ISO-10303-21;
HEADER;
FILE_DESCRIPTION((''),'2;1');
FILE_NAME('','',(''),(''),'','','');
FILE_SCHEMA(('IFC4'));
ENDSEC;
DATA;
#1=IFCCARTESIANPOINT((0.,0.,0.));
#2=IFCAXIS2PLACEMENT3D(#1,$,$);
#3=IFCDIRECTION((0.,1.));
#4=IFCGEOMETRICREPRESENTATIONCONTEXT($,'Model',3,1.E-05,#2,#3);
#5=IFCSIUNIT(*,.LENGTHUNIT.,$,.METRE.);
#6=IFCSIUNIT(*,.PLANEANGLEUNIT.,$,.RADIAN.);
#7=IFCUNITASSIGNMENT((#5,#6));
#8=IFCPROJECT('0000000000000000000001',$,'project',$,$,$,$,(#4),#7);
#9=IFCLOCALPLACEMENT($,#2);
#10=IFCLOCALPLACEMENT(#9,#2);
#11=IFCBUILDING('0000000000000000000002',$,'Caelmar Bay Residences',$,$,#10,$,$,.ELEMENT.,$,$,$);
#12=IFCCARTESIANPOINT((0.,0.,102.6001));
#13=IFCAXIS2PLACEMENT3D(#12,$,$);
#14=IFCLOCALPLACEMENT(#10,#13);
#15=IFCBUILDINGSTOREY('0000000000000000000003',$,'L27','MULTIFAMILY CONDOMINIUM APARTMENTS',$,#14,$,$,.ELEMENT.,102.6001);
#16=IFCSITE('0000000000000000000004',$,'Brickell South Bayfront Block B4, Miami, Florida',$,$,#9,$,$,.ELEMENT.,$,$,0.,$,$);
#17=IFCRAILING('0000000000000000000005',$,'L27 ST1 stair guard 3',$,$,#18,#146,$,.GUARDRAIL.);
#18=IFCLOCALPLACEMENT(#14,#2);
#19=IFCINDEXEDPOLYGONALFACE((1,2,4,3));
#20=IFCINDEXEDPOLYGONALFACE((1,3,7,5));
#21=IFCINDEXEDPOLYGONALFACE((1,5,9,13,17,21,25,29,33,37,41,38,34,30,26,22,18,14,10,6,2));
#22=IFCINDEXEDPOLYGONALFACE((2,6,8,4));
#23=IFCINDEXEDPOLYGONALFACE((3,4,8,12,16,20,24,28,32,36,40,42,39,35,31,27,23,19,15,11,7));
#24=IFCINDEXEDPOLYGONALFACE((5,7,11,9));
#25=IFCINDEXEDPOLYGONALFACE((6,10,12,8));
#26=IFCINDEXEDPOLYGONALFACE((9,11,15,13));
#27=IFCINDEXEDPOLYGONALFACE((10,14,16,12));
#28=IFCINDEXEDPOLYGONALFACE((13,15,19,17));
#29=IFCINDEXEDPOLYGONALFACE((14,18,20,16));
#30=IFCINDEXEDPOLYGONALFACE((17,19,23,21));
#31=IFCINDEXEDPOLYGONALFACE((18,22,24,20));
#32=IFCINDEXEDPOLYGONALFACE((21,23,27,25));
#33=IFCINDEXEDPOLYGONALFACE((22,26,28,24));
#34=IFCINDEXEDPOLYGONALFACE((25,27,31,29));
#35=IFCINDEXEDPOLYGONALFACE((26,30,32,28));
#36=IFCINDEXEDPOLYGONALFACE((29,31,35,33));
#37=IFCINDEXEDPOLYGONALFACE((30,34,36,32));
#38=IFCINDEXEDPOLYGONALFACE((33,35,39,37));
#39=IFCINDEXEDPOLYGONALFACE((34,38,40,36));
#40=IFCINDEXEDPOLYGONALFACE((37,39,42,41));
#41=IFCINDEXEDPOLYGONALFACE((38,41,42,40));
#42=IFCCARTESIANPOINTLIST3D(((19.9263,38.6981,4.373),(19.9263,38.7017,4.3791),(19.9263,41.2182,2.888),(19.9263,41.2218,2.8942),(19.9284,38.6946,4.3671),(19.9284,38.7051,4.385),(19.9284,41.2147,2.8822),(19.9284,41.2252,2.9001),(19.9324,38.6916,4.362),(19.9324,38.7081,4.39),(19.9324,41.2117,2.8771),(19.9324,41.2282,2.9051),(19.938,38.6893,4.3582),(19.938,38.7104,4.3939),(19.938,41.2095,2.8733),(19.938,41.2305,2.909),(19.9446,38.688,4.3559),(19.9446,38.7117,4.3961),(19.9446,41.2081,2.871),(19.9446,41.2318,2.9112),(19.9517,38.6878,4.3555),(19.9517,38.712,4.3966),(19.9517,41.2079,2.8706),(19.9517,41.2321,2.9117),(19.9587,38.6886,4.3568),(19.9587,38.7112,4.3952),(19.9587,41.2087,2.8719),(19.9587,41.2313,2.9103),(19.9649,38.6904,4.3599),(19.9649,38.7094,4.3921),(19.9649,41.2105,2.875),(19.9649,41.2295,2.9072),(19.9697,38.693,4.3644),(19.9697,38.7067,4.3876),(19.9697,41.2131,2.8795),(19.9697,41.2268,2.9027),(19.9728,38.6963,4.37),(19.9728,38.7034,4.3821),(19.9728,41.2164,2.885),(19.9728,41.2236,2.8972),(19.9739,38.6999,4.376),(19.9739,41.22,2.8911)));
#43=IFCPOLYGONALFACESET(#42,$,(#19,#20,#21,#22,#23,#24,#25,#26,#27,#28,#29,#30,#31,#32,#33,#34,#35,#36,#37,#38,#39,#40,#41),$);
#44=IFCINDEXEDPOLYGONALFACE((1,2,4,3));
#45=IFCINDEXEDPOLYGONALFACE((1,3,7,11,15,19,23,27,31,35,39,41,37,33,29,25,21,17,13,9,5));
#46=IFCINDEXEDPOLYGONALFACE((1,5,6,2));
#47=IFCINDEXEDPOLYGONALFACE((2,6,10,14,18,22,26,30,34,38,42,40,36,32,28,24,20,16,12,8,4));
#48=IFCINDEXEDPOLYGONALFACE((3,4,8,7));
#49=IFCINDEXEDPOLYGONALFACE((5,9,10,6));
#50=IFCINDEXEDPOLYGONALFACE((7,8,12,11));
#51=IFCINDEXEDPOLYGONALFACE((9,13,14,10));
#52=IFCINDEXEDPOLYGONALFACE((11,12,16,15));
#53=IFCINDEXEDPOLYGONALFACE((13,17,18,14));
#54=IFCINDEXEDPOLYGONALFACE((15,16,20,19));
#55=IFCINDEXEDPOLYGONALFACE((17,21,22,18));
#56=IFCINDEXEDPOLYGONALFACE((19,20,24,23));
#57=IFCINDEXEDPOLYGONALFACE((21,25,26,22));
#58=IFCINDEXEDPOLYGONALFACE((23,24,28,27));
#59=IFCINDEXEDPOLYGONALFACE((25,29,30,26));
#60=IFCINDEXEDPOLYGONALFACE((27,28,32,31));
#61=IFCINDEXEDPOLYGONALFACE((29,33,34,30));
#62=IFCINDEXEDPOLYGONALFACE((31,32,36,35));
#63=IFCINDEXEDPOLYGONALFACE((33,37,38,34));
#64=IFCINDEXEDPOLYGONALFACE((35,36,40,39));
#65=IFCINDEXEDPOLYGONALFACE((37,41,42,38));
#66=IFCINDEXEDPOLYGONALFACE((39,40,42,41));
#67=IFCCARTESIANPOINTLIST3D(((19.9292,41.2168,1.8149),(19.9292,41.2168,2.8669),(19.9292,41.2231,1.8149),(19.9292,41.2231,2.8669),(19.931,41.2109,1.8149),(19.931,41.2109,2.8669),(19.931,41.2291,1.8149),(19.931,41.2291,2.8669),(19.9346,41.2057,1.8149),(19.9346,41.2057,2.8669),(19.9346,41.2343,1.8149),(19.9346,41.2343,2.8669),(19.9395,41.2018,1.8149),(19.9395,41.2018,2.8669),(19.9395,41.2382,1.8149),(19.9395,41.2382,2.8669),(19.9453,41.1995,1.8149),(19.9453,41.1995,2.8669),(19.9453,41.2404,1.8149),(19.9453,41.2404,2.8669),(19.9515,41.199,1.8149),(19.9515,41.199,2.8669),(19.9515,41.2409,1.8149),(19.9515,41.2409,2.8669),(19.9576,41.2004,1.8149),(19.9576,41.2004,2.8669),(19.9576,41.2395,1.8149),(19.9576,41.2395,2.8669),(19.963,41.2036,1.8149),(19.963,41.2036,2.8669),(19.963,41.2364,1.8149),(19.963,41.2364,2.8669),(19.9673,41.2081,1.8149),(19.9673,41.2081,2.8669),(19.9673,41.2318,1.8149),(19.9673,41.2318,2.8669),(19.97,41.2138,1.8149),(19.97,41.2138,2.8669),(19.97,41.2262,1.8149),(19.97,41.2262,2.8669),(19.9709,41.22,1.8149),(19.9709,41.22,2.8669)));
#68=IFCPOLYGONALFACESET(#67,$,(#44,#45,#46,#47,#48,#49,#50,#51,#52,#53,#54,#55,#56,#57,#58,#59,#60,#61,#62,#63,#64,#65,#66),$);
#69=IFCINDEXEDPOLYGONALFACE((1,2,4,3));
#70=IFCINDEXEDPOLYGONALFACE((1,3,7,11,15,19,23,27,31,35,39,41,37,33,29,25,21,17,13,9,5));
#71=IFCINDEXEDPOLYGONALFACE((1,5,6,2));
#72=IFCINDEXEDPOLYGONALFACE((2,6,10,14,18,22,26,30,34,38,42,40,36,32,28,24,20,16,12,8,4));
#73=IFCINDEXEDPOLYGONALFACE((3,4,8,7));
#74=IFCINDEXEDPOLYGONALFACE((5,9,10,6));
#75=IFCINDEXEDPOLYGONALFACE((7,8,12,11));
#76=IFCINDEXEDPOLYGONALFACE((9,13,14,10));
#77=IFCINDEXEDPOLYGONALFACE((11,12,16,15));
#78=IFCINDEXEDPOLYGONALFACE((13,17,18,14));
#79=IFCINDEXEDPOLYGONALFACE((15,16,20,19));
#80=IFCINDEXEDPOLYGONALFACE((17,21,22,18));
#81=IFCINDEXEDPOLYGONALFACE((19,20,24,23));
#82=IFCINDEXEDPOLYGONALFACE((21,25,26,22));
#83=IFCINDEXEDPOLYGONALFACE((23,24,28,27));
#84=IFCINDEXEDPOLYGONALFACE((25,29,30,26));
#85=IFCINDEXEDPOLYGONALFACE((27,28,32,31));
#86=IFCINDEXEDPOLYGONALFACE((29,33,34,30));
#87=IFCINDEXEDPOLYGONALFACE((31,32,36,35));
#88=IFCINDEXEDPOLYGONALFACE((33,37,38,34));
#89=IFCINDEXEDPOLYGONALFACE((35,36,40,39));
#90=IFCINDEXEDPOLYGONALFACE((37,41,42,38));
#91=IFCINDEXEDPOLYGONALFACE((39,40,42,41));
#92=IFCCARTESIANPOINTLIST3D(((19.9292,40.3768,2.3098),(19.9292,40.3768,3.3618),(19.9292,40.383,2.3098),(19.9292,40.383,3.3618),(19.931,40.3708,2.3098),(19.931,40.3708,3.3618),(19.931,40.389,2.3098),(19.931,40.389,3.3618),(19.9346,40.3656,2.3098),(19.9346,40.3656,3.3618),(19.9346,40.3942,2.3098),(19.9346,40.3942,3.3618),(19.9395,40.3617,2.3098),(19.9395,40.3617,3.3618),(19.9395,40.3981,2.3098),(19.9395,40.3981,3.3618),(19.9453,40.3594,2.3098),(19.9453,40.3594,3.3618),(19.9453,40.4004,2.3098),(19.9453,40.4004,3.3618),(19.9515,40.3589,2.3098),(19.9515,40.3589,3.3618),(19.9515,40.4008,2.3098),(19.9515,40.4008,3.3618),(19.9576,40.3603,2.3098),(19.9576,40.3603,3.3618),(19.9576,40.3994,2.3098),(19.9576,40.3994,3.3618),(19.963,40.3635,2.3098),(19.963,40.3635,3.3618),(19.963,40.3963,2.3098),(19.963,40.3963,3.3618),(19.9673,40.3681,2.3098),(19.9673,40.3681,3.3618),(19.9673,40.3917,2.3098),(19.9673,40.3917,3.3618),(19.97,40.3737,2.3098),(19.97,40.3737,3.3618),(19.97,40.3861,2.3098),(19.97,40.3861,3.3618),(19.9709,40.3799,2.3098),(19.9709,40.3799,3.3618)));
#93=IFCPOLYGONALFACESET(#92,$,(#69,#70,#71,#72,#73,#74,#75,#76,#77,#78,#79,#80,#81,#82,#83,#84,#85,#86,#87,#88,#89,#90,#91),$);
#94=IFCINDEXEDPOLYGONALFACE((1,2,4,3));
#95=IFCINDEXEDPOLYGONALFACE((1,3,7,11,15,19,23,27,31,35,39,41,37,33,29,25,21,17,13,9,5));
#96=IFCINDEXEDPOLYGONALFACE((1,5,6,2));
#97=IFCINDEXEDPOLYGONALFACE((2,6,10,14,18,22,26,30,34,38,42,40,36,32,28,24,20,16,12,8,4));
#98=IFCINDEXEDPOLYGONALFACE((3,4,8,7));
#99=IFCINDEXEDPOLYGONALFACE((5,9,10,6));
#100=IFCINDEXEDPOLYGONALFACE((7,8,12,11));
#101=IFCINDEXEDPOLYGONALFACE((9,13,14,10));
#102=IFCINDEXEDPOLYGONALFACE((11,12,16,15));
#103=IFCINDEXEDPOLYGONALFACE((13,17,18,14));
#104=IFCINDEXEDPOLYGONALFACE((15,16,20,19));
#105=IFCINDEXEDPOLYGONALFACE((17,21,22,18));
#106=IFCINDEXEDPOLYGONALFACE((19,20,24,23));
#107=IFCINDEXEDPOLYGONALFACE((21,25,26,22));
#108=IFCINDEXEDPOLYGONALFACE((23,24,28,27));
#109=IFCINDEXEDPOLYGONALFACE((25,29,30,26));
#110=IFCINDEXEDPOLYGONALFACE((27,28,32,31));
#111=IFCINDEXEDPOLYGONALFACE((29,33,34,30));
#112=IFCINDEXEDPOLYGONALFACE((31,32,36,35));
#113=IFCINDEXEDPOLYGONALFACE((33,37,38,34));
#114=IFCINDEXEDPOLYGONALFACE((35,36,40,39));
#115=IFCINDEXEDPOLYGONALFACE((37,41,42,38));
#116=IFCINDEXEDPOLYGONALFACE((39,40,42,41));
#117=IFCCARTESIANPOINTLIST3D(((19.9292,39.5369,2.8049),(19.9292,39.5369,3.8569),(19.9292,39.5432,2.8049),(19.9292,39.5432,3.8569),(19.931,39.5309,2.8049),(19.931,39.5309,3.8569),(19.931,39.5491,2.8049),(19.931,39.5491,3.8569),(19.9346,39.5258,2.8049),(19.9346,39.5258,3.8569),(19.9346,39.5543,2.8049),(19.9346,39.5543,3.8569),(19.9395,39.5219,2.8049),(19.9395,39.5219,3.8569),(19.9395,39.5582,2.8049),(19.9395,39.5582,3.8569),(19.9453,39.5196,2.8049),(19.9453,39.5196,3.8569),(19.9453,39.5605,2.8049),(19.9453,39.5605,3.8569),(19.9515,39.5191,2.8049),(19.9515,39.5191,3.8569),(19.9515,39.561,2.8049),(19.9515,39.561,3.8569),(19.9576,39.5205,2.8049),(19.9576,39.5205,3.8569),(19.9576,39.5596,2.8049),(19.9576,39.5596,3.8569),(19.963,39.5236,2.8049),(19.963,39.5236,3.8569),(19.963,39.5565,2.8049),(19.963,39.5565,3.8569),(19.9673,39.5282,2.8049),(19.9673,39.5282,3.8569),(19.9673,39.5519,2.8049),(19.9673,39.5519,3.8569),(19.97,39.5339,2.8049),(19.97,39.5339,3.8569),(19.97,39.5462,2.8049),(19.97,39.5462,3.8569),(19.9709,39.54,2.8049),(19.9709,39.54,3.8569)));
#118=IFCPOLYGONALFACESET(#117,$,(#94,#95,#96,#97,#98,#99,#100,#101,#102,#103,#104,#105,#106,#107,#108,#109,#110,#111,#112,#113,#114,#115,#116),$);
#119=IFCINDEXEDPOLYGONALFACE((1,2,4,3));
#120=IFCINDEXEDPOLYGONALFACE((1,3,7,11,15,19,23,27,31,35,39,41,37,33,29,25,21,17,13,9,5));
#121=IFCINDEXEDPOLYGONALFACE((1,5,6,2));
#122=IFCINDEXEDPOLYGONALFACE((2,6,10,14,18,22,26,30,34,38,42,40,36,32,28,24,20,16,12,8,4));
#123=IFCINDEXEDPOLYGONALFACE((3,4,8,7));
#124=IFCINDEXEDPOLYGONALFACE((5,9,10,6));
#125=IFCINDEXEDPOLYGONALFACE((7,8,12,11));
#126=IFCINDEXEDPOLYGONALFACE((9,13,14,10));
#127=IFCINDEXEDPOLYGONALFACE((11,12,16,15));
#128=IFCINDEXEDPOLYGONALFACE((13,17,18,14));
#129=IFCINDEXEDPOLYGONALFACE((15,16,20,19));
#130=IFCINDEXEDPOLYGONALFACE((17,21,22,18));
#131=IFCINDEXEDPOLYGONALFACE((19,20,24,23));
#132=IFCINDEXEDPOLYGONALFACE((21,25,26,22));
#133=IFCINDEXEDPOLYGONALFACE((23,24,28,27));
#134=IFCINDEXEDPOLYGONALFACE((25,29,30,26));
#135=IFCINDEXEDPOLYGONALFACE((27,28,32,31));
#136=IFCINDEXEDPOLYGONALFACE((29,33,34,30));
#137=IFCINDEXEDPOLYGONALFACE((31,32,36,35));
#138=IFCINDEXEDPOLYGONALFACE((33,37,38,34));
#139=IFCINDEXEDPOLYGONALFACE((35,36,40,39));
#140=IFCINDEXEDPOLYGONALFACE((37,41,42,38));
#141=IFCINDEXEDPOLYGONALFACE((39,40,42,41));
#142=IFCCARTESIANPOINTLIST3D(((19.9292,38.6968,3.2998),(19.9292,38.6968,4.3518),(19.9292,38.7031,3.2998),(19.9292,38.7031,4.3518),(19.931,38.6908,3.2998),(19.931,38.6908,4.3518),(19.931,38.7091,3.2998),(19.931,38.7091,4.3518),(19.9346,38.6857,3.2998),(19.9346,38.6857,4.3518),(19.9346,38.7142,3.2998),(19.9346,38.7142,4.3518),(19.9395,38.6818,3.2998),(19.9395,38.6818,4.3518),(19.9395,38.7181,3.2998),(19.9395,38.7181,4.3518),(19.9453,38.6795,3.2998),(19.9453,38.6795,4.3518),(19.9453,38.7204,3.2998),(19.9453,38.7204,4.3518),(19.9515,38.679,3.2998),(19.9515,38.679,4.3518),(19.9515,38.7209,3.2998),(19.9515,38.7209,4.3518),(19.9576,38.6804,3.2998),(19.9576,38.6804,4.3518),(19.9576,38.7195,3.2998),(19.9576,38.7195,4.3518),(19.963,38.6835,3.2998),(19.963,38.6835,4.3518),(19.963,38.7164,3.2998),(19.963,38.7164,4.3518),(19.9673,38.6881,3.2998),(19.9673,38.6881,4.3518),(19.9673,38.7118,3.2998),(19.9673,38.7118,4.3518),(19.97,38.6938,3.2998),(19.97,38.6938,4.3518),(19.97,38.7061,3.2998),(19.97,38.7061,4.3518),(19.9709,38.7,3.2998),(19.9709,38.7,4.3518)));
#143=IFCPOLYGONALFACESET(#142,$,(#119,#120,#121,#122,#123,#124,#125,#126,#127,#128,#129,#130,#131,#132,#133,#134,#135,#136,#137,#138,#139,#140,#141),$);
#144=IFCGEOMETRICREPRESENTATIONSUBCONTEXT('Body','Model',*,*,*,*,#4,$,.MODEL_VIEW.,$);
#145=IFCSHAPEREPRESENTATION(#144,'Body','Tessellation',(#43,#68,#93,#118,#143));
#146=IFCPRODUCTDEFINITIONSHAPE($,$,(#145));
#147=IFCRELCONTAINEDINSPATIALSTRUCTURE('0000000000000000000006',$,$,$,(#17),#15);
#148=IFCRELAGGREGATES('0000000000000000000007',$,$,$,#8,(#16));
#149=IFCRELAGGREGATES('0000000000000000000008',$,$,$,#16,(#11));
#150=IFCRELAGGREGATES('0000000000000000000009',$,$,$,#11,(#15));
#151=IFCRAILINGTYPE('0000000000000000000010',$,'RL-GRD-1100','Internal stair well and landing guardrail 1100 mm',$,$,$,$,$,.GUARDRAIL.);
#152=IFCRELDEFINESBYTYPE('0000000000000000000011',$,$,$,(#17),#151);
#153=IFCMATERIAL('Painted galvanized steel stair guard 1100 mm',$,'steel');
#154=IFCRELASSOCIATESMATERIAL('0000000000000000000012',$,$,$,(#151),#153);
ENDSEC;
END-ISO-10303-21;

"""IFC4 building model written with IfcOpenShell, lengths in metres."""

from ifc_helpers import new_model, si_unit, direction, frame, origin, origin_2d, place, context, subcontext, project, spatial, circle, extrude, material, type_object, element, save


model = new_model("IFC4")

# Units and contexts
model_context = context("Model", 3, precision=1e-05, world=origin(), true_north=direction((0.0, 1.0)))
body_context = subcontext(model_context, "Body", "Model", "MODEL_VIEW")
ifc_project = project(units=[si_unit("LENGTHUNIT", "METRE"), si_unit("PLANEANGLEUNIT", "RADIAN")], contexts=[model_context])

# Site, building, storey
site_placement = place(None, origin())
site = spatial("IfcSite", under=ifc_project, at=site_placement, Name="Brickell South Bayfront Block B4, Miami, Florida", CompositionType="ELEMENT", RefElevation=0.0)
building_placement = place(site_placement, origin())
building = spatial("IfcBuilding", under=site, at=building_placement, Name="Caelmar Bay Residences", CompositionType="ELEMENT")
storey_placement = place(building_placement, frame((0.0, 0.0, 102.6001)))
storey = spatial("IfcBuildingStorey", under=building, at=storey_placement, Name="L27", Description="MULTIFAMILY CONDOMINIUM APARTMENTS", CompositionType="ELEMENT", Elevation=102.6001)

# Railing
ifc_material_1 = material(Name="Painted galvanized steel stair guard 1100 mm", Category="steel")
railing_type_1 = type_object("IfcRailingType", Name="RL-GRD-1100", Description="Internal stair well and landing guardrail 1100 mm", PredefinedType="GUARDRAIL", material=ifc_material_1)
railing_1_placement = place(storey_placement, frame((19.95, 41.22, 1.8149)))
element("IfcRailing", 1, at=railing_1_placement, inside=storey, type_object=railing_type_1, Name="L27 ST1 stair guard 3", PredefinedType="GUARDRAIL", context=body_context, shape_type="SweptSolid", body=[
    extrude(circle(Radius=0.0239, at=origin_2d()), frame((0.0, 0.0, 1.0762), z_axis=(0.0, -0.861561, 0.507655), x_axis=(1.0, 0.0, 0.0)), (0.0, 0.0, 1.0), 2.925),
    extrude(circle(Radius=0.021, at=origin_2d()), origin(), (0.0, 0.0, 1.0), 1.052),
    extrude(circle(Radius=0.021, at=origin_2d()), frame((0.0, -0.8401, 0.4949)), (0.0, 0.0, 1.0), 1.052),
    extrude(circle(Radius=0.021, at=origin_2d()), frame((0.0, -1.6799, 0.99)), (0.0, 0.0, 1.0), 1.052),
    extrude(circle(Radius=0.021, at=origin_2d()), frame((0.0, -2.52, 1.4849)), (0.0, 0.0, 1.0), 1.052),
])

save(model, "model.ifc")
